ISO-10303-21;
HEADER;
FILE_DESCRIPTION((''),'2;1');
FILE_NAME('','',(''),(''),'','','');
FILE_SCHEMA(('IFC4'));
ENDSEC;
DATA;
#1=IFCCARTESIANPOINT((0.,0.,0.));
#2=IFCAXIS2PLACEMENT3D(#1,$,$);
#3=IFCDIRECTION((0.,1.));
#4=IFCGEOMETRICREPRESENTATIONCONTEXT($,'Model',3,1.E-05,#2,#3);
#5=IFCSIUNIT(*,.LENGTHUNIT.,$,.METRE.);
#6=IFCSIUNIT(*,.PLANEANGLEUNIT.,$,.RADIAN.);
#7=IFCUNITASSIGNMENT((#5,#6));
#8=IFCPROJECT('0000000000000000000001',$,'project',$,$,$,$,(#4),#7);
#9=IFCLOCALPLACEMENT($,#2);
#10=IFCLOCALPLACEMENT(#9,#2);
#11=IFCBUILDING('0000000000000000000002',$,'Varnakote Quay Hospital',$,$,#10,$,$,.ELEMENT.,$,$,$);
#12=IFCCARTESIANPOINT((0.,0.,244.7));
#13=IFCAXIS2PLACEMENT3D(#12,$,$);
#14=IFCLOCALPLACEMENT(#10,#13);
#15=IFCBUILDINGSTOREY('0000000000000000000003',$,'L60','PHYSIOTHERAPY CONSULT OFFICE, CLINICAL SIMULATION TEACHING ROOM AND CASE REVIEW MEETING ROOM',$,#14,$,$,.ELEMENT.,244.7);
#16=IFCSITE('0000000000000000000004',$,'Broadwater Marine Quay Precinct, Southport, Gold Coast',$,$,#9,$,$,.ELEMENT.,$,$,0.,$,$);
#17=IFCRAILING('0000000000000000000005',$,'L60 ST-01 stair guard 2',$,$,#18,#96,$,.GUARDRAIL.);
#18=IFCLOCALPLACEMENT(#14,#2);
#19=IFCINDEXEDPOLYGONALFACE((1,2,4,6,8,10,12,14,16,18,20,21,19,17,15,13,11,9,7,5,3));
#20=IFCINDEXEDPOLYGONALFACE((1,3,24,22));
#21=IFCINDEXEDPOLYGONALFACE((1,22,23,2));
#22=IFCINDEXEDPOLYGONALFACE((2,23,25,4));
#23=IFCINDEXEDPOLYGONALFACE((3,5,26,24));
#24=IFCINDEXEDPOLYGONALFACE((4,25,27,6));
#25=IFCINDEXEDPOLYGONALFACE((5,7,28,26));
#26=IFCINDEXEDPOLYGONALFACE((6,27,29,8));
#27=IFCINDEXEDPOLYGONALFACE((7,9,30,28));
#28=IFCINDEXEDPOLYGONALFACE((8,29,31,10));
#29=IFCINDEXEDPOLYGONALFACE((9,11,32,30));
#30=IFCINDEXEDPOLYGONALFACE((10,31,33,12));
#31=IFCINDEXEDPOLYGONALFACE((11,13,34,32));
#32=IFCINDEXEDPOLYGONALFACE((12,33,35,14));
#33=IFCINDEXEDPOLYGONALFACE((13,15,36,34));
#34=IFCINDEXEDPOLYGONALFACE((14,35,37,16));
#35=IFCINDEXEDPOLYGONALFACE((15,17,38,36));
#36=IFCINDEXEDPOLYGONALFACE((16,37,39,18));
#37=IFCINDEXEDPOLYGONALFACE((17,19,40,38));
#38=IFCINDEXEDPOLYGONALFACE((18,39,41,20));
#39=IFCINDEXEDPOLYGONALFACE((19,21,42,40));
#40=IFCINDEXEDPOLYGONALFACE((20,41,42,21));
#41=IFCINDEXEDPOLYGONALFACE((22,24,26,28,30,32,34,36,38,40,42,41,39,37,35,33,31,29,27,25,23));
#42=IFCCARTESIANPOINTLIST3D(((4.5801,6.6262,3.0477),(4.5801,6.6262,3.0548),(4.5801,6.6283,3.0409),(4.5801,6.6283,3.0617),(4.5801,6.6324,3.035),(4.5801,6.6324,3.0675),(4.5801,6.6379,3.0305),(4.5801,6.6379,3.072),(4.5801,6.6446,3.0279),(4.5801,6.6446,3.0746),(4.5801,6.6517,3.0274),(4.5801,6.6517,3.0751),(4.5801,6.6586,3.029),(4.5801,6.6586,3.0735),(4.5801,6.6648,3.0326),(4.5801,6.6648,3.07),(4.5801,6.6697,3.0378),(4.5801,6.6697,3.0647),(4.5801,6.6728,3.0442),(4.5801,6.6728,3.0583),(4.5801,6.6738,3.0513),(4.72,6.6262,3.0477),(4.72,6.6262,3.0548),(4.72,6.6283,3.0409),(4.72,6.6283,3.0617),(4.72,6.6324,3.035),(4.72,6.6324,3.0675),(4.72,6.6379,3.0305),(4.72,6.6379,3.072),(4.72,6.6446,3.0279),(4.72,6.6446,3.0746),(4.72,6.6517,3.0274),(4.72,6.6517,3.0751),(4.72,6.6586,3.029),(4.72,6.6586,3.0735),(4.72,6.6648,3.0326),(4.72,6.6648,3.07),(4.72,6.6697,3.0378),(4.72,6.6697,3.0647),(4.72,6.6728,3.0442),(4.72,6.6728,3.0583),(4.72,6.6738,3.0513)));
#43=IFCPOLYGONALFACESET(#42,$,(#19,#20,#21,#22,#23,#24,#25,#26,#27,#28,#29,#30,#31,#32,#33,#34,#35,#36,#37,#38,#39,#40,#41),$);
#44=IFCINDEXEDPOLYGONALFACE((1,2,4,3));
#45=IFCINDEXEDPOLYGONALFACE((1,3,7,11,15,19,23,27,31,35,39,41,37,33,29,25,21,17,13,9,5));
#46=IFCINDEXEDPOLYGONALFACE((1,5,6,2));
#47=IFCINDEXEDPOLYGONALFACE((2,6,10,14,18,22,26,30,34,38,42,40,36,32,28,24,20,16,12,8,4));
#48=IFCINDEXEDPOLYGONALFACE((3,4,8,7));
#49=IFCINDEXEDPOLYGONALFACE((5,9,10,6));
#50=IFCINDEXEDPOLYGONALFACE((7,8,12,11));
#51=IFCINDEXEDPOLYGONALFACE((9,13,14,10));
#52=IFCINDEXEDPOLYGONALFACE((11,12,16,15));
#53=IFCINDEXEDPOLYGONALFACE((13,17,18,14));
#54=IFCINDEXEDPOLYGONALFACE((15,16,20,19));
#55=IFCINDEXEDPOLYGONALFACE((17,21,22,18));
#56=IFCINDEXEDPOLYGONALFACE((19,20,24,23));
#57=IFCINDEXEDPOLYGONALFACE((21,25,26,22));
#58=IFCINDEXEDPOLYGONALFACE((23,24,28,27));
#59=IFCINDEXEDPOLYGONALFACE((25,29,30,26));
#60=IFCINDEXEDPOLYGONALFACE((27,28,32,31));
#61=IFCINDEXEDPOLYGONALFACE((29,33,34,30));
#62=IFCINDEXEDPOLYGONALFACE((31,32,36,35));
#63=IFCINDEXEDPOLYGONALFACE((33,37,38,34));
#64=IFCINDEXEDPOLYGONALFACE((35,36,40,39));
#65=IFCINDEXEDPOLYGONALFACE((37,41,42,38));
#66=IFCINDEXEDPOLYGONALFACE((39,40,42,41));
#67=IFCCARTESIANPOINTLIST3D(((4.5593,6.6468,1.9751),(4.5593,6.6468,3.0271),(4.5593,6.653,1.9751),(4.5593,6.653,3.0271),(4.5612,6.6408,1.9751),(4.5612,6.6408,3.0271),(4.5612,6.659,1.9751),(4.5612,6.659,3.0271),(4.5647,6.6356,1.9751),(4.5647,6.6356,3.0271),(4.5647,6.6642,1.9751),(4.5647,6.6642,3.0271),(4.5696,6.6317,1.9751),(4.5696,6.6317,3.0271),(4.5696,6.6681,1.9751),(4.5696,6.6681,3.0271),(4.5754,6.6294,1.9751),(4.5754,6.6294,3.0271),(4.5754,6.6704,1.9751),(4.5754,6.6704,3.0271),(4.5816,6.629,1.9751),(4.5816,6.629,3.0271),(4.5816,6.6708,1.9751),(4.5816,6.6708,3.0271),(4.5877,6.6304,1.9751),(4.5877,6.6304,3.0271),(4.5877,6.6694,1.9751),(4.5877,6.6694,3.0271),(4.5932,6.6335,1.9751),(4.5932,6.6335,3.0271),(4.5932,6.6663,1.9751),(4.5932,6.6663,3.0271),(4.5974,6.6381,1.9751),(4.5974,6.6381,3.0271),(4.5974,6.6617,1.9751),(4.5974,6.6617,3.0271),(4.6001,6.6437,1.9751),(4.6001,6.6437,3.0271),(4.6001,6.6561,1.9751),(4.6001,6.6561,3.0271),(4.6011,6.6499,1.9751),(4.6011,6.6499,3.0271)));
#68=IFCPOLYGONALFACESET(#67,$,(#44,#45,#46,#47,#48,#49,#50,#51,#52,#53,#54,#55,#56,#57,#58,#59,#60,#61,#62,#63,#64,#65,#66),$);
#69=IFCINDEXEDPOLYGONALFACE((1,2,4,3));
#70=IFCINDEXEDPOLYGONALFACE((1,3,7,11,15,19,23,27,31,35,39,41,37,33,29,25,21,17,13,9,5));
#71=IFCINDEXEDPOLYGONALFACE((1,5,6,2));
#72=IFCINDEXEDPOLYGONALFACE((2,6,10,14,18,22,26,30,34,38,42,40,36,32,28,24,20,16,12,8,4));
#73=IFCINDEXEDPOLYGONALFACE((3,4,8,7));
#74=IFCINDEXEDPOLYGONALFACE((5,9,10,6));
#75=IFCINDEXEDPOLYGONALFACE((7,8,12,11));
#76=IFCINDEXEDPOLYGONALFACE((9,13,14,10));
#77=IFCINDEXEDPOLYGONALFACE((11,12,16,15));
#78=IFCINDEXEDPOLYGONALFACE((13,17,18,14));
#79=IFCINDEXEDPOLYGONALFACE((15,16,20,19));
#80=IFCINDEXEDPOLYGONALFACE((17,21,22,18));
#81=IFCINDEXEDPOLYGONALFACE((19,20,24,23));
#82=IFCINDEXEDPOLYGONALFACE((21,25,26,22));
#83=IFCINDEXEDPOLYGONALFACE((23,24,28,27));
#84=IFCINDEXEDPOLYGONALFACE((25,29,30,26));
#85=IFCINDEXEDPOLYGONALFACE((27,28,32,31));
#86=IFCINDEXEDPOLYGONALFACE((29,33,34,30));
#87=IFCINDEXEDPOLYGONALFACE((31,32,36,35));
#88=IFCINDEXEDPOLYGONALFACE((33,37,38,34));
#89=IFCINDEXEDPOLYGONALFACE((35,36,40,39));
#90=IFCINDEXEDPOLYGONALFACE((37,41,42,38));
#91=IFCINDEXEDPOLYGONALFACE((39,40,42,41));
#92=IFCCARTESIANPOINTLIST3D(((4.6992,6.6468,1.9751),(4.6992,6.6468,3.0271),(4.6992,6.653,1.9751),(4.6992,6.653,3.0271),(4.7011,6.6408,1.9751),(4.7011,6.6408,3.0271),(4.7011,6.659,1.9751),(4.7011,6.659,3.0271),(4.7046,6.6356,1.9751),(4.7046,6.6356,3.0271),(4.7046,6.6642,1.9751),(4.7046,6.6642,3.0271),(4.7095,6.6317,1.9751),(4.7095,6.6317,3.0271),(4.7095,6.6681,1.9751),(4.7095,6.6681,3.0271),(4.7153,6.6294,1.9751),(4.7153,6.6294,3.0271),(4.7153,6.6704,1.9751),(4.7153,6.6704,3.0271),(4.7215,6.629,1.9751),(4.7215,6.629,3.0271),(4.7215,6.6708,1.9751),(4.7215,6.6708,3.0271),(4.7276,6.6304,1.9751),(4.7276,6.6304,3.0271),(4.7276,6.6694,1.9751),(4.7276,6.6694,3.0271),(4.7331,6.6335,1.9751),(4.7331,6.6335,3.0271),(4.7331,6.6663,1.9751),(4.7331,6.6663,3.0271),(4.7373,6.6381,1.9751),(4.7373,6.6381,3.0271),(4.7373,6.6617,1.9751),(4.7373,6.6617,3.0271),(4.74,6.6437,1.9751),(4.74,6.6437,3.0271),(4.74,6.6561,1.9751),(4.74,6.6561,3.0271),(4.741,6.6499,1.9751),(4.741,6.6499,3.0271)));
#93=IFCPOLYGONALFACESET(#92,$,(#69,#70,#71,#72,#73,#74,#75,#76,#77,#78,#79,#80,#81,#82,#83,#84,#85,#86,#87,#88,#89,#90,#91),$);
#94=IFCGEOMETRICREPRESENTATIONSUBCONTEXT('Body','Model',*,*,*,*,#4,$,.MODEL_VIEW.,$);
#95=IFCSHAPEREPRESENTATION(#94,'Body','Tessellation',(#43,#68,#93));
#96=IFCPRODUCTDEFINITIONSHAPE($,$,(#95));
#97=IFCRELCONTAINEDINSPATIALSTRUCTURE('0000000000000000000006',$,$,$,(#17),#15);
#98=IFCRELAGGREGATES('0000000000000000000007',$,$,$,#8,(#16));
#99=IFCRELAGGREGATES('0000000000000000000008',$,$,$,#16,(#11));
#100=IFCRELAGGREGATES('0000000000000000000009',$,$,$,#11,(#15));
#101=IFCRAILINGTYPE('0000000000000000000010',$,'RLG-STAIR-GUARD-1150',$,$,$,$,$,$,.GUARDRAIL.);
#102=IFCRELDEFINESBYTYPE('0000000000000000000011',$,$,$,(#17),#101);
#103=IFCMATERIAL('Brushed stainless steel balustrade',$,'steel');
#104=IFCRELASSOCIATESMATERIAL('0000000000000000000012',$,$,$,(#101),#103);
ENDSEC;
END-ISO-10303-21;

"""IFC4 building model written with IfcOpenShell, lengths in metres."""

from ifc_helpers import new_model, si_unit, direction, frame, origin, origin_2d, place, context, subcontext, project, spatial, circle, extrude, material, type_object, element, save


model = new_model("IFC4")

# Units and contexts
model_context = context("Model", 3, precision=1e-05, world=origin(), true_north=direction((0.0, 1.0)))
body_context = subcontext(model_context, "Body", "Model", "MODEL_VIEW")
ifc_project = project(units=[si_unit("LENGTHUNIT", "METRE"), si_unit("PLANEANGLEUNIT", "RADIAN")], contexts=[model_context])

# Site, building, storey
site_placement = place(None, origin())
site = spatial("IfcSite", under=ifc_project, at=site_placement, Name="Broadwater Marine Quay Precinct, Southport, Gold Coast", CompositionType="ELEMENT", RefElevation=0.0)
building_placement = place(site_placement, origin())
building = spatial("IfcBuilding", under=site, at=building_placement, Name="Varnakote Quay Hospital", CompositionType="ELEMENT")
storey_placement = place(building_placement, frame((0.0, 0.0, 244.7)))
storey = spatial("IfcBuildingStorey", under=building, at=storey_placement, Name="L60", Description="PHYSIOTHERAPY CONSULT OFFICE, CLINICAL SIMULATION TEACHING ROOM AND CASE REVIEW MEETING ROOM", CompositionType="ELEMENT", Elevation=244.7)

# Railing
ifc_material_1 = material(Name="Brushed stainless steel balustrade", Category="steel")
railing_type_1 = type_object("IfcRailingType", Name="RLG-STAIR-GUARD-1150", PredefinedType="GUARDRAIL", material=ifc_material_1)
railing_1_placement = place(storey_placement, frame((4.5801, 6.6499, 1.9751)))
element("IfcRailing", 1, at=railing_1_placement, inside=storey, type_object=railing_type_1, Name="L60 ST-01 stair guard 2", PredefinedType="GUARDRAIL", context=body_context, shape_type="SweptSolid", body=[
    extrude(circle(Radius=0.0239, at=origin_2d()), frame((0.0, 0.0, 1.0762), z_axis=(1.0, 0.0, 0.0), x_axis=(0.0, 1.0, 0.0)), (0.0, 0.0, 1.0), 0.1399),
    extrude(circle(Radius=0.021, at=origin_2d()), origin(), (0.0, 0.0, 1.0), 1.052),
    extrude(circle(Radius=0.021, at=origin_2d()), frame((0.1399, 0.0, 0.0)), (0.0, 0.0, 1.0), 1.052),
])

save(model, "model.ifc")
